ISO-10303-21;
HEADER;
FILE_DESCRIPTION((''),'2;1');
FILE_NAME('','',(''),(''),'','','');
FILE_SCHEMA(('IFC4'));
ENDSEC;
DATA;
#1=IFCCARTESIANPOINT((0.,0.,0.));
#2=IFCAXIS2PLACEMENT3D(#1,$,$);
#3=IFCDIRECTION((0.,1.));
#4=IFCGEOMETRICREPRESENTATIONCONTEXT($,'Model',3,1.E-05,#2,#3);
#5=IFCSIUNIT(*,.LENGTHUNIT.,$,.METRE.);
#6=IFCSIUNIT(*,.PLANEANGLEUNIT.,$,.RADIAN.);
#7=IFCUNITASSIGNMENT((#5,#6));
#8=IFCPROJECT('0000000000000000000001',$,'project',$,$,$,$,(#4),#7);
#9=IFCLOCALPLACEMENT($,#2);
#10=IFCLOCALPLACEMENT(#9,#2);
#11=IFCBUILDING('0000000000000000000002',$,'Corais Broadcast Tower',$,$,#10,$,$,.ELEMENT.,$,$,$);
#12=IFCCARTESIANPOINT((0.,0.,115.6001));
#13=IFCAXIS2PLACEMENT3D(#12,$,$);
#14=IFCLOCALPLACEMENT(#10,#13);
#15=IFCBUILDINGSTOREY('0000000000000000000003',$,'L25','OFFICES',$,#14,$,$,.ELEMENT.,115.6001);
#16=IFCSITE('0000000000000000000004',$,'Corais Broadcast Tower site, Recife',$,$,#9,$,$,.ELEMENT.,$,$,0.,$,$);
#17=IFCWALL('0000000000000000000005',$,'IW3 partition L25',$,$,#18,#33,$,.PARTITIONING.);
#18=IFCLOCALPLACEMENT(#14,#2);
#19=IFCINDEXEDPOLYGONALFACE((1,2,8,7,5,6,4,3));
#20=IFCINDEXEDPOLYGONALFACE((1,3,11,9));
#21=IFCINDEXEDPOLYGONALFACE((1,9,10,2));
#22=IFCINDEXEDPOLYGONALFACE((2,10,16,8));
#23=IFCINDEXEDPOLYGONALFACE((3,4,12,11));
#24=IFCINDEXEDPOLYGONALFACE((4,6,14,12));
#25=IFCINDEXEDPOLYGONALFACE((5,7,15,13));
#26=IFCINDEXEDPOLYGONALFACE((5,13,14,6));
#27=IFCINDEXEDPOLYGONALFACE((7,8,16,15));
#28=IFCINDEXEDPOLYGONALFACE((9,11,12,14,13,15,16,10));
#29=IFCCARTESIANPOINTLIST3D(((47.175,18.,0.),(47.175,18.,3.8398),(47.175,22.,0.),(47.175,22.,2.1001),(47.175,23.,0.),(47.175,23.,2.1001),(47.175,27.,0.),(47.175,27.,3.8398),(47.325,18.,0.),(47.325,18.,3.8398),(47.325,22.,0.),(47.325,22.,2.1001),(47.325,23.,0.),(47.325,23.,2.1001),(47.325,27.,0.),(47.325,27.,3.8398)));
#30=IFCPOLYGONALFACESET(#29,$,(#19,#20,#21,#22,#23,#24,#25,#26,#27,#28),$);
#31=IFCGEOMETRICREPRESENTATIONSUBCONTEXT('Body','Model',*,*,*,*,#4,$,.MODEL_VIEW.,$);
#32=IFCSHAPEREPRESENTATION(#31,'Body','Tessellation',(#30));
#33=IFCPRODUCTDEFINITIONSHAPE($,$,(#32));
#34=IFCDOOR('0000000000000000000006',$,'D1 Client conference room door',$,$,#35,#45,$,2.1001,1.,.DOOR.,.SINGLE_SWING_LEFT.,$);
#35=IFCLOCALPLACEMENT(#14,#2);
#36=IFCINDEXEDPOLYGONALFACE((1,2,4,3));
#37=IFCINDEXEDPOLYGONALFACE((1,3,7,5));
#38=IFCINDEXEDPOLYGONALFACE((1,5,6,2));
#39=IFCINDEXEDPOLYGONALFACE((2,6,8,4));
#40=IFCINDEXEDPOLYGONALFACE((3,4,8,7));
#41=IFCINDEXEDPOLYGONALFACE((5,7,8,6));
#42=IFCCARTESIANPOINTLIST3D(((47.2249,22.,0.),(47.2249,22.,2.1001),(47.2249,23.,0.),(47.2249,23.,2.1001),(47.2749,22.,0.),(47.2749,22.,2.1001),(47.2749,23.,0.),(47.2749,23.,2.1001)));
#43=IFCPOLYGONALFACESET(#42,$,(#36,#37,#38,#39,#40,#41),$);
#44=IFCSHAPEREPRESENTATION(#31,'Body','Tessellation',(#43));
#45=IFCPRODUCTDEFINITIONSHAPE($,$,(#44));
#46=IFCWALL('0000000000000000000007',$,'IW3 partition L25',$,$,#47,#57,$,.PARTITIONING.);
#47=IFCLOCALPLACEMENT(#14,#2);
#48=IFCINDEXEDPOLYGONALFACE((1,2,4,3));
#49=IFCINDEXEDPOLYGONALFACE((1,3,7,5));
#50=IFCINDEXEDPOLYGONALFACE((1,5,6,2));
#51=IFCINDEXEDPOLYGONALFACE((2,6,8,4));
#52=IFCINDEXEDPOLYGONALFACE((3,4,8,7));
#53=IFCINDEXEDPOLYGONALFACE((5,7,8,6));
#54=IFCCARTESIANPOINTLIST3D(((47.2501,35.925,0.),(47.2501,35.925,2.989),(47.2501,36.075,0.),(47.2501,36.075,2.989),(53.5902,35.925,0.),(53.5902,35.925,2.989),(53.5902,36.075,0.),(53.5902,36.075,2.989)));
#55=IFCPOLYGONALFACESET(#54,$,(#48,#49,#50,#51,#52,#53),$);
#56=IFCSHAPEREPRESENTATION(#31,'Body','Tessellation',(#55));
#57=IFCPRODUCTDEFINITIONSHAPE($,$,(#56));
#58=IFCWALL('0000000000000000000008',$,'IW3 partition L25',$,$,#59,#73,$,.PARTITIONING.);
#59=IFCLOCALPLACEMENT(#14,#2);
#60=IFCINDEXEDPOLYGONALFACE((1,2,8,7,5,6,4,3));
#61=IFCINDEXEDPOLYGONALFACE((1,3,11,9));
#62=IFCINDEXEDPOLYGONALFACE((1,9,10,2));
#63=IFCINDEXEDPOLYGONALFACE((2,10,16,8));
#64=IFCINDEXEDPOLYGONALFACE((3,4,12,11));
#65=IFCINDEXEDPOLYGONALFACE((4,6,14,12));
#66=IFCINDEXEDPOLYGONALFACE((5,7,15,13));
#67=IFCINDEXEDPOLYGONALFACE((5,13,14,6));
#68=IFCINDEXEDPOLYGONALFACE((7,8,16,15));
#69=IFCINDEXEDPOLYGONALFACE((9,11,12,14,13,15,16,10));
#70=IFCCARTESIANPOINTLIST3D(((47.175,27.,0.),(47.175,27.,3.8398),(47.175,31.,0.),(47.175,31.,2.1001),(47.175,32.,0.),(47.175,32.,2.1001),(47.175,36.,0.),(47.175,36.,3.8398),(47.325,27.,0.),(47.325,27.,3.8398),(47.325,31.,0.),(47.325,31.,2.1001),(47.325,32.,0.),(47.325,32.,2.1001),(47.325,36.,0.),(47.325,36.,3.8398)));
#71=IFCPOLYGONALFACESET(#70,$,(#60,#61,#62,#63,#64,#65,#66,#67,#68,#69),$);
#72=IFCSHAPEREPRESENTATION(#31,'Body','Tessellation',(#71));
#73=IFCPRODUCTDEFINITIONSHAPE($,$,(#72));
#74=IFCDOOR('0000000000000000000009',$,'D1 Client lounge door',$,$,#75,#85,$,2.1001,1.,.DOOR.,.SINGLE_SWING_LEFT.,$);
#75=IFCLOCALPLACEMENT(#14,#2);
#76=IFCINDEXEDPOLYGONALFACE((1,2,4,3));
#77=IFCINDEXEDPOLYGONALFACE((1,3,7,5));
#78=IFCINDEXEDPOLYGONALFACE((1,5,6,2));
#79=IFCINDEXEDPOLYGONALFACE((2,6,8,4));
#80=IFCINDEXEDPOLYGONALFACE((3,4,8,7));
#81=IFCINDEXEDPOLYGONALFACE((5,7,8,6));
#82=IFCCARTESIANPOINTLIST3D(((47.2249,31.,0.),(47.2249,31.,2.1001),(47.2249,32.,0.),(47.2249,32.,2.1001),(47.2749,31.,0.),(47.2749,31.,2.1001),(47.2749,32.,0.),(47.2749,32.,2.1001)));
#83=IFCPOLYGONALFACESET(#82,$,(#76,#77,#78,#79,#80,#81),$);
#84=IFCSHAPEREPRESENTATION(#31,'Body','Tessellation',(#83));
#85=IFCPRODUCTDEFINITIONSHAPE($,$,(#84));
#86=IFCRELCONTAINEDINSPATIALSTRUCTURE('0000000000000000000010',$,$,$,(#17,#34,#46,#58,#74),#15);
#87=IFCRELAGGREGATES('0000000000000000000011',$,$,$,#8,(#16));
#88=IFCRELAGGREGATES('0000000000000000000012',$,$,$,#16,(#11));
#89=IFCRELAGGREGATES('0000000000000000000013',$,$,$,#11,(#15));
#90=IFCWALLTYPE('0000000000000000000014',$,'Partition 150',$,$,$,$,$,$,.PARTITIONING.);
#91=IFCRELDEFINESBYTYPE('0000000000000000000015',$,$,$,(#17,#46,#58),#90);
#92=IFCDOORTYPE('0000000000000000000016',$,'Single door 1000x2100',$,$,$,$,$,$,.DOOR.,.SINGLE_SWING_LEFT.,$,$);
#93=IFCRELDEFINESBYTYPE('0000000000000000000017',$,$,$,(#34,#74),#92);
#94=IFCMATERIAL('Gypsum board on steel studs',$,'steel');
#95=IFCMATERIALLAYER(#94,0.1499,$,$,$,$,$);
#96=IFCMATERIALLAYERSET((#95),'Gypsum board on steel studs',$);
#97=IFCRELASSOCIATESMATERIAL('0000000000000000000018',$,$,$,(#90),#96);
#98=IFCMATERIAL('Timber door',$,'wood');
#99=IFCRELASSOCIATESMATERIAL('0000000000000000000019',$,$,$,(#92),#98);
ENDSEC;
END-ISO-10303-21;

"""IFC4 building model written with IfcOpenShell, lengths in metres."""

from ifc_helpers import new_model, si_unit, direction, frame, frame_2d, origin, place, context, subcontext, project, spatial, rectangle, extrude, material, layer, layer_set, type_object, element, fill, save


model = new_model("IFC4")

# Units and contexts
model_context = context("Model", 3, precision=1e-05, world=origin(), true_north=direction((0.0, 1.0)))
body_context = subcontext(model_context, "Body", "Model", "MODEL_VIEW")
ifc_project = project(units=[si_unit("LENGTHUNIT", "METRE"), si_unit("PLANEANGLEUNIT", "RADIAN")], contexts=[model_context])

# Site, building, storey
site_placement = place(None, origin())
site = spatial("IfcSite", under=ifc_project, at=site_placement, Name="Corais Broadcast Tower site, Recife", CompositionType="ELEMENT", RefElevation=0.0)
building_placement = place(site_placement, origin())
building = spatial("IfcBuilding", under=site, at=building_placement, Name="Corais Broadcast Tower", CompositionType="ELEMENT")
storey_placement = place(building_placement, frame((0.0, 0.0, 115.6001)))
storey = spatial("IfcBuildingStorey", under=building, at=storey_placement, Name="L25", Description="OFFICES", CompositionType="ELEMENT", Elevation=115.6001)

# Shared definitions
ifc_material_1 = material(Name="Gypsum board on steel studs", Category="steel")
ifc_layer_1 = layer(ifc_material_1, 0.1499)
ifc_layer_set_1 = layer_set([ifc_layer_1], Name="Gypsum board on steel studs")
wall_type = type_object("IfcWallType", Name="Partition 150", PredefinedType="PARTITIONING", material=ifc_layer_set_1)

# Wall, opening, door
wall_1_placement = place(storey_placement, frame((47.25, 27.0, 0.0), z_axis=(0.0, 0.0, 1.0), x_axis=(0.0, -1.0, 0.0)))
wall_1 = element("IfcWall", 1, at=wall_1_placement, inside=storey, type_object=wall_type, Name="IW3 partition L25", PredefinedType="PARTITIONING", context=body_context, shape_type="SweptSolid", body=[
    extrude(rectangle(XDim=9.0, YDim=0.1499, at=frame_2d((4.5, 0.0))), origin(), (0.0, 0.0, 1.0), 3.8398),
])
opening_1_placement = place(wall_1_placement, frame((4.0, 0.0, 0.0)))
opening_1 = element("IfcOpeningElement", 2, at=opening_1_placement, cuts=wall_1, PredefinedType="OPENING", context=body_context, shape_type="SweptSolid", body=[
    extrude(rectangle(XDim=1.0, YDim=2.1001, at=frame_2d((0.5, 1.05))), frame((0.0, 0.085, 0.0), z_axis=(0.0, -1.0, 0.0), x_axis=(1.0, 0.0, 0.0)), (0.0, 0.0, 1.0), 0.1699),
])
ifc_material_2 = material(Name="Timber door", Category="wood")
door_type = type_object("IfcDoorType", Name="Single door 1000x2100", OperationType="SINGLE_SWING_LEFT", PredefinedType="DOOR", material=ifc_material_2)
door_1_placement = place(opening_1_placement, origin())
door_1 = element("IfcDoor", 3, at=door_1_placement, inside=storey, type_object=door_type, Name="D1 Client conference room door", OperationType="SINGLE_SWING_LEFT", OverallHeight=2.1001, OverallWidth=1.0, PredefinedType="DOOR", context=body_context, shape_type="SweptSolid", body=[
    extrude(rectangle(XDim=1.0, YDim=2.1001, at=frame_2d((0.5, 1.05))), frame((0.0, 0.0249, 0.0), z_axis=(0.0, -1.0, 0.0), x_axis=(1.0, 0.0, 0.0)), (0.0, 0.0, 1.0), 0.05),
])
fill(opening_1, door_1)

# Wall
wall_2_placement = place(storey_placement, frame((53.5901, 36.0, 0.0), z_axis=(0.0, 0.0, 1.0), x_axis=(-1.0, 0.0, 0.0)))
element("IfcWall", 4, at=wall_2_placement, inside=storey, type_object=wall_type, Name="IW3 partition L25", PredefinedType="PARTITIONING", context=body_context, shape_type="SweptSolid", body=[
    extrude(rectangle(XDim=6.3401, YDim=0.1499, at=frame_2d((3.1699, 0.0))), origin(), (0.0, 0.0, 1.0), 2.989),
])

# Wall, opening, door
wall_3_placement = place(storey_placement, frame((47.25, 36.0, 0.0), z_axis=(0.0, 0.0, 1.0), x_axis=(0.0, -1.0, 0.0)))
wall_3 = element("IfcWall", 5, at=wall_3_placement, inside=storey, type_object=wall_type, Name="IW3 partition L25", PredefinedType="PARTITIONING", context=body_context, shape_type="SweptSolid", body=[
    extrude(rectangle(XDim=9.0, YDim=0.1499, at=frame_2d((4.5, 0.0))), origin(), (0.0, 0.0, 1.0), 3.8398),
])
opening_2_placement = place(wall_3_placement, frame((4.0, 0.0, 0.0)))
opening_2 = element("IfcOpeningElement", 6, at=opening_2_placement, cuts=wall_3, PredefinedType="OPENING", context=body_context, shape_type="SweptSolid", body=[
    extrude(rectangle(XDim=1.0, YDim=2.1001, at=frame_2d((0.5, 1.05))), frame((0.0, 0.085, 0.0), z_axis=(0.0, -1.0, 0.0), x_axis=(1.0, 0.0, 0.0)), (0.0, 0.0, 1.0), 0.1699),
])
door_2_placement = place(opening_2_placement, origin())
door_2 = element("IfcDoor", 7, at=door_2_placement, inside=storey, type_object=door_type, Name="D1 Client lounge door", OperationType="SINGLE_SWING_LEFT", OverallHeight=2.1001, OverallWidth=1.0, PredefinedType="DOOR", context=body_context, shape_type="SweptSolid", body=[
    extrude(rectangle(XDim=1.0, YDim=2.1001, at=frame_2d((0.5, 1.05))), frame((0.0, 0.0249, 0.0), z_axis=(0.0, -1.0, 0.0), x_axis=(1.0, 0.0, 0.0)), (0.0, 0.0, 1.0), 0.05),
])
fill(opening_2, door_2)

save(model, "model.ifc")
